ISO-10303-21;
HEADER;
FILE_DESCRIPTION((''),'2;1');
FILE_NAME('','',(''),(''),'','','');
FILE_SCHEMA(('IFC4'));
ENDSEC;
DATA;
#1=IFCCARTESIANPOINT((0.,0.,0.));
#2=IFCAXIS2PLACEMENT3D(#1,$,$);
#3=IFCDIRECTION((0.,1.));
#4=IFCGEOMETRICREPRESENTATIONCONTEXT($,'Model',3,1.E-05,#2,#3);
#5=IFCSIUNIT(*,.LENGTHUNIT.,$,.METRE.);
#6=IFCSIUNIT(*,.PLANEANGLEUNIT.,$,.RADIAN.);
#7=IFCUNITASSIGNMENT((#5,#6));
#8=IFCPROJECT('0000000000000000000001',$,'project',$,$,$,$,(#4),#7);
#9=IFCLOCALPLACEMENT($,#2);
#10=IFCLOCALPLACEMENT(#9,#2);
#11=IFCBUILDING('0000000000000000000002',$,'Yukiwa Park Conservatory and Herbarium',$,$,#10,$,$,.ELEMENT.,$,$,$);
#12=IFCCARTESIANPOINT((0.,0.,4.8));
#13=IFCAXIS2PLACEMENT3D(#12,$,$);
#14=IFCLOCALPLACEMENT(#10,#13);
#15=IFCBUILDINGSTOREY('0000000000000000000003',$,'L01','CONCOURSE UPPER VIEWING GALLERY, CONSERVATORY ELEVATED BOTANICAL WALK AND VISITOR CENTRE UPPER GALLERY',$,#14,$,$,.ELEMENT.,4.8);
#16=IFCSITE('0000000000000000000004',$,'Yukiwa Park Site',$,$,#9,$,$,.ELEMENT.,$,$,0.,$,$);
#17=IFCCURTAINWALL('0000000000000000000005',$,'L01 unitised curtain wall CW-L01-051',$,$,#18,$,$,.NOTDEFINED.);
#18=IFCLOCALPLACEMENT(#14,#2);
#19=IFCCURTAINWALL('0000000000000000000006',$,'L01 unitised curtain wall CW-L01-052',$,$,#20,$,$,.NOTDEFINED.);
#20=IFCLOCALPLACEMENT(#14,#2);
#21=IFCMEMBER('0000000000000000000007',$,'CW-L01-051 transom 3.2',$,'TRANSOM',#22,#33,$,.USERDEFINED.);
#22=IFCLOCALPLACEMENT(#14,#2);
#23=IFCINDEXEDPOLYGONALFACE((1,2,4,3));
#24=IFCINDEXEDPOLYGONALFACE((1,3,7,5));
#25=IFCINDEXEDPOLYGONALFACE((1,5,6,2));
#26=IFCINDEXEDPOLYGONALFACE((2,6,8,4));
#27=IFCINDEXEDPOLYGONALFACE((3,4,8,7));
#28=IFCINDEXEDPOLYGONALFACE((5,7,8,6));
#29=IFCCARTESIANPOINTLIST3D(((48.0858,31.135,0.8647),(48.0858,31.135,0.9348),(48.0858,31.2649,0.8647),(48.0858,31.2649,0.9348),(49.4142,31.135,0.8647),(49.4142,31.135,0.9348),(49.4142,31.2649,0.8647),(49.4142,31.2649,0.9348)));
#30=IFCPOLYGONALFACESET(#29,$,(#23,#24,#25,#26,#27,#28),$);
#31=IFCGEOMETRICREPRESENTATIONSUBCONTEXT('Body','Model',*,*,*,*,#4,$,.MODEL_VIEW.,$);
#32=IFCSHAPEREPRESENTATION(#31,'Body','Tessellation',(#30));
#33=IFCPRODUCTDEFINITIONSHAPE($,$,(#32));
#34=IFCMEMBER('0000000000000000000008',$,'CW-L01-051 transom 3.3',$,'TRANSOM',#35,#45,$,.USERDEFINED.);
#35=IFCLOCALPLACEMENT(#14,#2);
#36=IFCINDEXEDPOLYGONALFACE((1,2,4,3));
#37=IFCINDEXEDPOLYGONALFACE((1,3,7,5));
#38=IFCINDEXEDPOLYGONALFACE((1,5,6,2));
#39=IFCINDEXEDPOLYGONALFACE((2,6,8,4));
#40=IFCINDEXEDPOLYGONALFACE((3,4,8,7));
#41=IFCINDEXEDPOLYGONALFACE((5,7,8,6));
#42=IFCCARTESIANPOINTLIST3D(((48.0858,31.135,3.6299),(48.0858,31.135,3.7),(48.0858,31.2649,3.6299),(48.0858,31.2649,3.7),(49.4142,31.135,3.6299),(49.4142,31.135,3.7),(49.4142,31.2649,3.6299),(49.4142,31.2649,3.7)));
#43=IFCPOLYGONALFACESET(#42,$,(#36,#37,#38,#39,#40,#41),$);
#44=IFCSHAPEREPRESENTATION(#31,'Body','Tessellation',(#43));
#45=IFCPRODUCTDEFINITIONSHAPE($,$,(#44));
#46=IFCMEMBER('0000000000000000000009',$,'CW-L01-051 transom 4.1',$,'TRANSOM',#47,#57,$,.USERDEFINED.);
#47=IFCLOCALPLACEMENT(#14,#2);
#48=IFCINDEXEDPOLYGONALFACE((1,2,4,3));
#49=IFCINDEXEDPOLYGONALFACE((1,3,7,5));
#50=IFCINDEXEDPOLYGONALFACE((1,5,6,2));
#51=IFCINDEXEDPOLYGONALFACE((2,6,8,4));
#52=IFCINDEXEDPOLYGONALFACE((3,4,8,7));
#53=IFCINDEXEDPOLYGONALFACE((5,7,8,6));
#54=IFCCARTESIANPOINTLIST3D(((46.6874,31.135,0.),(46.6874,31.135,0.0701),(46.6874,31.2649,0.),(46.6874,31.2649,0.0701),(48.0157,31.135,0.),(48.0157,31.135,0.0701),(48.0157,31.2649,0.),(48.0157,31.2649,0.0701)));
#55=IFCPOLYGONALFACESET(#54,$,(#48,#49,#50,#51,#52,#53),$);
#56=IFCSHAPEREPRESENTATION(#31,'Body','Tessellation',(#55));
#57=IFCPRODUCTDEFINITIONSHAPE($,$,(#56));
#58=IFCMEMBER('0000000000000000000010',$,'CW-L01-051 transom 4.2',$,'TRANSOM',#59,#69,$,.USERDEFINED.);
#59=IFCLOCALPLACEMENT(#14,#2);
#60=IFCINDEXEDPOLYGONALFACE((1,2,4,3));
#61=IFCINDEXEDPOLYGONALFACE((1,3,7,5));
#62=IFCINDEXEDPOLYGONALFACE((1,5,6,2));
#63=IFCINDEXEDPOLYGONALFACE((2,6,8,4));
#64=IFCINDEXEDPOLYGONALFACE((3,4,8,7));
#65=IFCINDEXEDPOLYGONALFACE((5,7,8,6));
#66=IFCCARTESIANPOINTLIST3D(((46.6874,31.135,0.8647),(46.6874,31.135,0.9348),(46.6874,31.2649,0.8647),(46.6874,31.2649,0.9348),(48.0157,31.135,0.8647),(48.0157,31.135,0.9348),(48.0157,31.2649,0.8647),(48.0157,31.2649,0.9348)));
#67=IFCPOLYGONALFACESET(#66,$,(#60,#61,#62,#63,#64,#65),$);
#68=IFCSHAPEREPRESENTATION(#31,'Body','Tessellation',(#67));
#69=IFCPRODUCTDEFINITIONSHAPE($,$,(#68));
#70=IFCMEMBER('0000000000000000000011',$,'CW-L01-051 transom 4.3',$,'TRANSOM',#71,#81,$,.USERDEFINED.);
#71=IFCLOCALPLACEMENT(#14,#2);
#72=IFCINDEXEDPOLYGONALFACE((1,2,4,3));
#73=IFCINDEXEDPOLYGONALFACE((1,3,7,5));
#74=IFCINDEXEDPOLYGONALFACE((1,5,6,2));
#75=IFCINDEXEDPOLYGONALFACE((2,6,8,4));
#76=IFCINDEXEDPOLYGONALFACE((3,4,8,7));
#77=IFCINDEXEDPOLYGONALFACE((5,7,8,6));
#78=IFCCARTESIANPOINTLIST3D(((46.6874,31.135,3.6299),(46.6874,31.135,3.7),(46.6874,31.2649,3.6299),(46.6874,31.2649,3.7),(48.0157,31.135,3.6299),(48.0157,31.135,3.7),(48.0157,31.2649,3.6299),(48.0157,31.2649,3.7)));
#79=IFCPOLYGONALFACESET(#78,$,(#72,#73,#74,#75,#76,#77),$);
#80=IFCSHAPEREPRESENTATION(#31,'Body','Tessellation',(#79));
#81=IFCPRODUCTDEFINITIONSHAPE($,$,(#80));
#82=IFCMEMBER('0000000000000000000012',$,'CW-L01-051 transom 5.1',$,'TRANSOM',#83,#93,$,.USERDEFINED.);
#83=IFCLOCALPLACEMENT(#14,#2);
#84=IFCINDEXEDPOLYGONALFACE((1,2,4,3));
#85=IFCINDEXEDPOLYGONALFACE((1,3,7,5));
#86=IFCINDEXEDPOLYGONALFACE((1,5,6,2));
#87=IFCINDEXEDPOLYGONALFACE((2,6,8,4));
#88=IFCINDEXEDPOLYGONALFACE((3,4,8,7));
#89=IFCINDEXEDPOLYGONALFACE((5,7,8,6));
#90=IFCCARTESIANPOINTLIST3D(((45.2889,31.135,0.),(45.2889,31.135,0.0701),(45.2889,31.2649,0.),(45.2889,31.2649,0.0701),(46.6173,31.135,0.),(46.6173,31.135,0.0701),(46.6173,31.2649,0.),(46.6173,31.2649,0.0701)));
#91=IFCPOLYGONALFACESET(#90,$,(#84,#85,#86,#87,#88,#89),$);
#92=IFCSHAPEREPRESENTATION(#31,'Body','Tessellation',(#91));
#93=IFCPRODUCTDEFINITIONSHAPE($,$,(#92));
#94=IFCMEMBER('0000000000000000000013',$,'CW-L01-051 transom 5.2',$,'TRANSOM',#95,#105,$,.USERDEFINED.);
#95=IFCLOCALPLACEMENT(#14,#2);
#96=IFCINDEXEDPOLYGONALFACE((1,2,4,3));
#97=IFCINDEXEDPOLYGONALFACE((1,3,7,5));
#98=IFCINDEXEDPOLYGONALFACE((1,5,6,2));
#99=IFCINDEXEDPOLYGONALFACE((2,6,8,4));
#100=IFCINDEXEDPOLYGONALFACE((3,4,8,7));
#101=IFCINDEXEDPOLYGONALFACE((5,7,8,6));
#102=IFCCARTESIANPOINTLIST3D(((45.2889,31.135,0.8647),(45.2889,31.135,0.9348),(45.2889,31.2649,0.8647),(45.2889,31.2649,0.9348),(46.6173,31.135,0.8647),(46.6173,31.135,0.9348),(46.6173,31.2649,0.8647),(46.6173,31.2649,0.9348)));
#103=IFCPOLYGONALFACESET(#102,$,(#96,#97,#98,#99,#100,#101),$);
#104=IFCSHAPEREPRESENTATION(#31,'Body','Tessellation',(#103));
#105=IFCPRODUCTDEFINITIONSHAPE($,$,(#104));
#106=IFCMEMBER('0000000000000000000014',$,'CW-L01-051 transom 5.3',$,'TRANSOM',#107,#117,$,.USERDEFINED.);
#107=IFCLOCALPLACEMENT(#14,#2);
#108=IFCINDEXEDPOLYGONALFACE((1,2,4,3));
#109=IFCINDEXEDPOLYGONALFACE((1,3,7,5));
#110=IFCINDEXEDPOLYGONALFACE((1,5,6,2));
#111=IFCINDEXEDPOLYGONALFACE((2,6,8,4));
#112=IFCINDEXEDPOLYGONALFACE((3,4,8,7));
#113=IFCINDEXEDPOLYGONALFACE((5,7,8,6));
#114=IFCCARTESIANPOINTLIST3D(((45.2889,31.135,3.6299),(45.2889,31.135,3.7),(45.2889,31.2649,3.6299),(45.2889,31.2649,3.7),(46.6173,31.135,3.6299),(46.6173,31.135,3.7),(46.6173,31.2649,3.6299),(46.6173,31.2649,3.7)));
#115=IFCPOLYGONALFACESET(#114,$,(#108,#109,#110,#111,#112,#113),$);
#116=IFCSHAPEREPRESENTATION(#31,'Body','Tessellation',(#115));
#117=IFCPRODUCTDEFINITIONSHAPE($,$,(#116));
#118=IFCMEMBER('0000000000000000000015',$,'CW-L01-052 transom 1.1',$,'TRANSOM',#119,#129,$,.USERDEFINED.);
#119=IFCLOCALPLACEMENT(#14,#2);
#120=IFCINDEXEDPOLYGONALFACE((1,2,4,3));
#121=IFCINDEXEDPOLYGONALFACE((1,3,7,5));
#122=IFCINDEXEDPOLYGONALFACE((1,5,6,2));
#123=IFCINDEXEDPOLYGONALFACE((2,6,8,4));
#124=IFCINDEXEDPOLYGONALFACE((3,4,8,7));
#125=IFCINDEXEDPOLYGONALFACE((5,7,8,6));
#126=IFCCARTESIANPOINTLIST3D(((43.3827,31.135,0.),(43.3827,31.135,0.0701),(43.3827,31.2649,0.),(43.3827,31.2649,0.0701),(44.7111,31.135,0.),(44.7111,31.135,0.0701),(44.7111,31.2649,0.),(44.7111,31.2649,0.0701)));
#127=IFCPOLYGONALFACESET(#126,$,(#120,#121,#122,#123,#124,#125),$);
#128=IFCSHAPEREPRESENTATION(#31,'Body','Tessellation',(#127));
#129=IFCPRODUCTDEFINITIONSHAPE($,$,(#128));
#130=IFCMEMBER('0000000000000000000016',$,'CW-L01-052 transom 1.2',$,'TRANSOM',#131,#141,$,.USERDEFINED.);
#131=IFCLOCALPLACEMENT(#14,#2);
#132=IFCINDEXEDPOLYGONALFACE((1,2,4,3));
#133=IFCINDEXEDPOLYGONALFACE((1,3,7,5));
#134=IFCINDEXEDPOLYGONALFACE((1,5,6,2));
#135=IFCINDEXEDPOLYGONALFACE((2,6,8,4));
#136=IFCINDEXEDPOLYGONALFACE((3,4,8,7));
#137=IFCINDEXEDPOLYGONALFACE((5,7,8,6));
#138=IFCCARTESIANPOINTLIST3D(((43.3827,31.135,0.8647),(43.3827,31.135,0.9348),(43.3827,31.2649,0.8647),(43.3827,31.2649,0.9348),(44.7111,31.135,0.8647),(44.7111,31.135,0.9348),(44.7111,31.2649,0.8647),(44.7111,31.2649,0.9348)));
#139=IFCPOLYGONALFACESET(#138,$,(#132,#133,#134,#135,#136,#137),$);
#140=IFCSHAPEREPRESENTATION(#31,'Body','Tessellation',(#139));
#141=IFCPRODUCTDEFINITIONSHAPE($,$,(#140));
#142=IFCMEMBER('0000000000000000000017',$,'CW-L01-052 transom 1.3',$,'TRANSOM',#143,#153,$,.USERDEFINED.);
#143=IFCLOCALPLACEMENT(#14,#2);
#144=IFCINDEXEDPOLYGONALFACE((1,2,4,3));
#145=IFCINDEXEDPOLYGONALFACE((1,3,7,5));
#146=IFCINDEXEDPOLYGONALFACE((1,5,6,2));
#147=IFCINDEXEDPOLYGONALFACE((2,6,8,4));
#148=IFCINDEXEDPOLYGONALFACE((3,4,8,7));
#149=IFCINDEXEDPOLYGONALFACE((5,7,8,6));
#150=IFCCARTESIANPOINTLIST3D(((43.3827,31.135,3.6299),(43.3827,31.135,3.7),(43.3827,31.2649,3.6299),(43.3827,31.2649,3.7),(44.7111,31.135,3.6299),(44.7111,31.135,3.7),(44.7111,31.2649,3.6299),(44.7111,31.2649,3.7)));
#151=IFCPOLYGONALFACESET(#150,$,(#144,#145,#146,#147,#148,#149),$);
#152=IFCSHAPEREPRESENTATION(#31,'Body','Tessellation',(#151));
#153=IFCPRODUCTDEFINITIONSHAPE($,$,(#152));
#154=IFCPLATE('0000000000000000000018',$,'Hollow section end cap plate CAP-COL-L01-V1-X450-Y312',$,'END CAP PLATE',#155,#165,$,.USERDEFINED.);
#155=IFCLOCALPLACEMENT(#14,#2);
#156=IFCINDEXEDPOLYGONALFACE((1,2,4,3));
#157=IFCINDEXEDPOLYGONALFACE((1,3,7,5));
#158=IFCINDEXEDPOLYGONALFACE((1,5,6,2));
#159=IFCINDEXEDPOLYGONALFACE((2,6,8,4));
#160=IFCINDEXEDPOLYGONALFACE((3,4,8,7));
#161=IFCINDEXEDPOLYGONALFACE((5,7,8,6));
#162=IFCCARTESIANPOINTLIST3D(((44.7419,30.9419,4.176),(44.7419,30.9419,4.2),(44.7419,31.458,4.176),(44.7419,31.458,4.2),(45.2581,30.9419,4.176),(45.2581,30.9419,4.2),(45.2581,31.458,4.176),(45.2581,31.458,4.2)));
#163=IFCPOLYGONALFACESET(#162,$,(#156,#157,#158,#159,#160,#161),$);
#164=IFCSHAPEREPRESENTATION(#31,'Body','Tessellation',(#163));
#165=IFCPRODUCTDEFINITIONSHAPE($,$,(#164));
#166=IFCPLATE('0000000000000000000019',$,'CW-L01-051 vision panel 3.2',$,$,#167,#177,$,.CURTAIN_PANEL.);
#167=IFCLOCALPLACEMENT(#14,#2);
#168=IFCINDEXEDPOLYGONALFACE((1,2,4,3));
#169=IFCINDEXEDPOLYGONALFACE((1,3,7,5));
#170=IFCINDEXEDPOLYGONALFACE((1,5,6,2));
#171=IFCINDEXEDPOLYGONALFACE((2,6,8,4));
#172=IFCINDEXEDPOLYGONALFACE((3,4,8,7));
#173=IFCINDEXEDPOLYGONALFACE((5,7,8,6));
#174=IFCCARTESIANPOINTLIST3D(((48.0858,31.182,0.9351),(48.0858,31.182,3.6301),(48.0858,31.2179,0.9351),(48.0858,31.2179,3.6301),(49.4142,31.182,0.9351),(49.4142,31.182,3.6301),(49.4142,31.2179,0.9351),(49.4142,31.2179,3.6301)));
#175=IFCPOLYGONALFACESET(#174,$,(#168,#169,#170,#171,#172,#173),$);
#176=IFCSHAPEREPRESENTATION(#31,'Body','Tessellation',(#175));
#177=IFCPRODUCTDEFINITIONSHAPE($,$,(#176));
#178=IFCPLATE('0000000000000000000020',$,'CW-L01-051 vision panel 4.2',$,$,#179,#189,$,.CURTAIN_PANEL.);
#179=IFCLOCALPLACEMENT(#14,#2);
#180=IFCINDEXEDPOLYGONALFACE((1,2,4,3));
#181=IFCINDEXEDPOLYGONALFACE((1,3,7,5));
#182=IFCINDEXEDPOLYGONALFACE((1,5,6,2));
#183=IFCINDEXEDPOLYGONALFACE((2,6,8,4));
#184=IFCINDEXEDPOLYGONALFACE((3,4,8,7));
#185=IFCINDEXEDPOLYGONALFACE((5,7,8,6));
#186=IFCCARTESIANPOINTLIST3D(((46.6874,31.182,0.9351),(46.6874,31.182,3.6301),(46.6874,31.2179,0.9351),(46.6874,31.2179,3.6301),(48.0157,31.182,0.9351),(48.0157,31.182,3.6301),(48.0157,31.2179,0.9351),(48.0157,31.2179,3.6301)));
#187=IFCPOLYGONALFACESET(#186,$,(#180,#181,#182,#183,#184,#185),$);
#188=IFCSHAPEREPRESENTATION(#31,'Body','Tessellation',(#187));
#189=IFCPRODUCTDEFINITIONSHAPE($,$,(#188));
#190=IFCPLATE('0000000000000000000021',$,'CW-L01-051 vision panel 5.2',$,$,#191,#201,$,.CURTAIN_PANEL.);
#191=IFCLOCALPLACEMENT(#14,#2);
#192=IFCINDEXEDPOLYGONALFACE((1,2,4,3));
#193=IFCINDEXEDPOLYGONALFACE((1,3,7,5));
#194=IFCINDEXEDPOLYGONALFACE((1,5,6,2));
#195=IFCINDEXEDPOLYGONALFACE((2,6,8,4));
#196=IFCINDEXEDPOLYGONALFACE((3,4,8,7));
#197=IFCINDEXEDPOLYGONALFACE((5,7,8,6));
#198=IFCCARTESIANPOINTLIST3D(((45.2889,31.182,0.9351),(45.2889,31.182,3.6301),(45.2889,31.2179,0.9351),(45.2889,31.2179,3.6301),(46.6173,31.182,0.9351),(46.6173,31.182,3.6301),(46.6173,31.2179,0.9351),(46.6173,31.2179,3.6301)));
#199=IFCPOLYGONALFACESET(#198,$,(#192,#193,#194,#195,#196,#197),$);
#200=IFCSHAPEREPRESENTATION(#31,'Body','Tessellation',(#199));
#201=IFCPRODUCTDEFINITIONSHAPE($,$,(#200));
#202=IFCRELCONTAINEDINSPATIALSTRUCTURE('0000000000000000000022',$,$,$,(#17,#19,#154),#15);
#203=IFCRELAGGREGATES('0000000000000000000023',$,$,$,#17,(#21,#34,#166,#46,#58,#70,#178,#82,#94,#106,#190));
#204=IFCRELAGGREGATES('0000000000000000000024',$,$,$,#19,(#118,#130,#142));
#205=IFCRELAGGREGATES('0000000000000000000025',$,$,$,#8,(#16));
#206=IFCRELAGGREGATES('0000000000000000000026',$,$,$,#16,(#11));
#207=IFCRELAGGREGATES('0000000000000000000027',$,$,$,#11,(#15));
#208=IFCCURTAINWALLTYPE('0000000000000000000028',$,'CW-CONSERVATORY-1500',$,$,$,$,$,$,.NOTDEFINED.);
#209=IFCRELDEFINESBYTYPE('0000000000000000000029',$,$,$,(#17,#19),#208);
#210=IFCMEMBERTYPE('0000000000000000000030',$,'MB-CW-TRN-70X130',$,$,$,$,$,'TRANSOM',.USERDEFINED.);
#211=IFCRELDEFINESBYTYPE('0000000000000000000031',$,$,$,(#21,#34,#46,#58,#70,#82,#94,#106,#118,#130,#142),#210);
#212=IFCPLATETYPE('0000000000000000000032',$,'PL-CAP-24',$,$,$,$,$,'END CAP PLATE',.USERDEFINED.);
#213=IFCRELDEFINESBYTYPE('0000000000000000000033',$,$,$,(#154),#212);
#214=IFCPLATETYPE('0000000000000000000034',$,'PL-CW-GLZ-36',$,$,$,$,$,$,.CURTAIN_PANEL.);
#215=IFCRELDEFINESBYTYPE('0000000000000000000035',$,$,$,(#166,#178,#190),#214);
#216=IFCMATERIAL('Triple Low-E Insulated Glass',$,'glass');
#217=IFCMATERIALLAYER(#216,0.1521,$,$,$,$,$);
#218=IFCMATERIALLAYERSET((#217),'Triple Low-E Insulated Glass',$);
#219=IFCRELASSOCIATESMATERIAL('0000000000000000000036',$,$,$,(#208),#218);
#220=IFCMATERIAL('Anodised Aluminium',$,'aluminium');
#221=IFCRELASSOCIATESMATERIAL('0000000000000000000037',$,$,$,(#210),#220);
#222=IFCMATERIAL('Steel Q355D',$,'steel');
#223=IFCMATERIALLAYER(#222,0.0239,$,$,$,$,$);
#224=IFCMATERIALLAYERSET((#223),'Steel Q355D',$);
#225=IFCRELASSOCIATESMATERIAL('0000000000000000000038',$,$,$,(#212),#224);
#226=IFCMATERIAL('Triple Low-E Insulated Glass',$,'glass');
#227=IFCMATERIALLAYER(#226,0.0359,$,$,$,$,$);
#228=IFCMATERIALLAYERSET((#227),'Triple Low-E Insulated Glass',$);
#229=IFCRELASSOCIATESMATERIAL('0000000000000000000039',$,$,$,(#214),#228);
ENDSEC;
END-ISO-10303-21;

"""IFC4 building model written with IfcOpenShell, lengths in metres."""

from ifc_helpers import new_model, si_unit, direction, frame, origin, origin_2d, place, context, subcontext, project, spatial, rectangle, extrude, material, layer, layer_set, type_object, element, aggregate, save


model = new_model("IFC4")

# Units and contexts
model_context = context("Model", 3, precision=1e-05, world=origin(), true_north=direction((0.0, 1.0)))
body_context = subcontext(model_context, "Body", "Model", "MODEL_VIEW")
ifc_project = project(units=[si_unit("LENGTHUNIT", "METRE"), si_unit("PLANEANGLEUNIT", "RADIAN")], contexts=[model_context])

# Site, building, storey
site_placement = place(None, origin())
site = spatial("IfcSite", under=ifc_project, at=site_placement, Name="Yukiwa Park Site", CompositionType="ELEMENT", RefElevation=0.0)
building_placement = place(site_placement, origin())
building = spatial("IfcBuilding", under=site, at=building_placement, Name="Yukiwa Park Conservatory and Herbarium", CompositionType="ELEMENT")
storey_placement = place(building_placement, frame((0.0, 0.0, 4.8)))
storey = spatial("IfcBuildingStorey", under=building, at=storey_placement, Name="L01", Description="CONCOURSE UPPER VIEWING GALLERY, CONSERVATORY ELEVATED BOTANICAL WALK AND VISITOR CENTRE UPPER GALLERY", CompositionType="ELEMENT", Elevation=4.8)

# Curtain walls
ifc_material_1 = material(Name="Triple Low-E Insulated Glass", Category="glass")
ifc_layer_1 = layer(ifc_material_1, 0.1521)
ifc_layer_set_1 = layer_set([ifc_layer_1], Name="Triple Low-E Insulated Glass")
curtain_wall_type = type_object("IfcCurtainWallType", Name="CW-CONSERVATORY-1500", PredefinedType="NOTDEFINED", material=ifc_layer_set_1)
curtain_wall_1_placement = place(storey_placement, origin())
curtain_wall_1 = element("IfcCurtainWall", 1, at=curtain_wall_1_placement, inside=storey, type_object=curtain_wall_type, Name="L01 unitised curtain wall CW-L01-051", PredefinedType="NOTDEFINED")
curtain_wall_2_placement = place(storey_placement, origin())
curtain_wall_2 = element("IfcCurtainWall", 2, at=curtain_wall_2_placement, inside=storey, type_object=curtain_wall_type, Name="L01 unitised curtain wall CW-L01-052", PredefinedType="NOTDEFINED")

# Members
ifc_material_2 = material(Name="Anodised Aluminium", Category="aluminium")
member_type_1 = type_object("IfcMemberType", Name="MB-CW-TRN-70X130", ElementType="TRANSOM", PredefinedType="USERDEFINED", material=ifc_material_2)
member_1_placement = place(storey_placement, frame((48.75, 31.2, 0.8647), z_axis=(0.0, 0.0, 1.0), x_axis=(-1.0, 0.0, 0.0)))
member_1 = element("IfcMember", 3, at=member_1_placement, type_object=member_type_1, Name="CW-L01-051 transom 3.2", ObjectType="TRANSOM", PredefinedType="USERDEFINED", context=body_context, shape_type="SweptSolid", body=[
    extrude(rectangle(XDim=1.3284, YDim=0.1299, at=origin_2d()), origin(), (0.0, 0.0, 1.0), 0.0701),
])
member_2_placement = place(storey_placement, frame((48.75, 31.2, 3.6299), z_axis=(0.0, 0.0, 1.0), x_axis=(-1.0, 0.0, 0.0)))
member_2 = element("IfcMember", 4, at=member_2_placement, type_object=member_type_1, Name="CW-L01-051 transom 3.3", ObjectType="TRANSOM", PredefinedType="USERDEFINED", context=body_context, shape_type="SweptSolid", body=[
    extrude(rectangle(XDim=1.3284, YDim=0.1299, at=origin_2d()), origin(), (0.0, 0.0, 1.0), 0.0701),
])
member_3_placement = place(storey_placement, frame((47.3516, 31.2, 0.0), z_axis=(0.0, 0.0, 1.0), x_axis=(-1.0, 0.0, 0.0)))
member_3 = element("IfcMember", 5, at=member_3_placement, type_object=member_type_1, Name="CW-L01-051 transom 4.1", ObjectType="TRANSOM", PredefinedType="USERDEFINED", context=body_context, shape_type="SweptSolid", body=[
    extrude(rectangle(XDim=1.3284, YDim=0.1299, at=origin_2d()), origin(), (0.0, 0.0, 1.0), 0.0701),
])
member_4_placement = place(storey_placement, frame((47.3516, 31.2, 0.8647), z_axis=(0.0, 0.0, 1.0), x_axis=(-1.0, 0.0, 0.0)))
member_4 = element("IfcMember", 6, at=member_4_placement, type_object=member_type_1, Name="CW-L01-051 transom 4.2", ObjectType="TRANSOM", PredefinedType="USERDEFINED", context=body_context, shape_type="SweptSolid", body=[
    extrude(rectangle(XDim=1.3284, YDim=0.1299, at=origin_2d()), origin(), (0.0, 0.0, 1.0), 0.0701),
])
member_5_placement = place(storey_placement, frame((47.3516, 31.2, 3.6299), z_axis=(0.0, 0.0, 1.0), x_axis=(-1.0, 0.0, 0.0)))
member_5 = element("IfcMember", 7, at=member_5_placement, type_object=member_type_1, Name="CW-L01-051 transom 4.3", ObjectType="TRANSOM", PredefinedType="USERDEFINED", context=body_context, shape_type="SweptSolid", body=[
    extrude(rectangle(XDim=1.3284, YDim=0.1299, at=origin_2d()), origin(), (0.0, 0.0, 1.0), 0.0701),
])
member_6_placement = place(storey_placement, frame((45.9531, 31.2, 0.0), z_axis=(0.0, 0.0, 1.0), x_axis=(-1.0, 0.0, 0.0)))
member_6 = element("IfcMember", 8, at=member_6_placement, type_object=member_type_1, Name="CW-L01-051 transom 5.1", ObjectType="TRANSOM", PredefinedType="USERDEFINED", context=body_context, shape_type="SweptSolid", body=[
    extrude(rectangle(XDim=1.3284, YDim=0.1299, at=origin_2d()), origin(), (0.0, 0.0, 1.0), 0.0701),
])
member_7_placement = place(storey_placement, frame((45.9531, 31.2, 0.8647), z_axis=(0.0, 0.0, 1.0), x_axis=(-1.0, 0.0, 0.0)))
member_7 = element("IfcMember", 9, at=member_7_placement, type_object=member_type_1, Name="CW-L01-051 transom 5.2", ObjectType="TRANSOM", PredefinedType="USERDEFINED", context=body_context, shape_type="SweptSolid", body=[
    extrude(rectangle(XDim=1.3284, YDim=0.1299, at=origin_2d()), origin(), (0.0, 0.0, 1.0), 0.0701),
])
member_8_placement = place(storey_placement, frame((45.9531, 31.2, 3.6299), z_axis=(0.0, 0.0, 1.0), x_axis=(-1.0, 0.0, 0.0)))
member_8 = element("IfcMember", 10, at=member_8_placement, type_object=member_type_1, Name="CW-L01-051 transom 5.3", ObjectType="TRANSOM", PredefinedType="USERDEFINED", context=body_context, shape_type="SweptSolid", body=[
    extrude(rectangle(XDim=1.3284, YDim=0.1299, at=origin_2d()), origin(), (0.0, 0.0, 1.0), 0.0701),
])
member_9_placement = place(storey_placement, frame((44.0469, 31.2, 0.0), z_axis=(0.0, 0.0, 1.0), x_axis=(-1.0, 0.0, 0.0)))
member_9 = element("IfcMember", 11, at=member_9_placement, type_object=member_type_1, Name="CW-L01-052 transom 1.1", ObjectType="TRANSOM", PredefinedType="USERDEFINED", context=body_context, shape_type="SweptSolid", body=[
    extrude(rectangle(XDim=1.3284, YDim=0.1299, at=origin_2d()), origin(), (0.0, 0.0, 1.0), 0.0701),
])
member_10_placement = place(storey_placement, frame((44.0469, 31.2, 0.8647), z_axis=(0.0, 0.0, 1.0), x_axis=(-1.0, 0.0, 0.0)))
member_10 = element("IfcMember", 12, at=member_10_placement, type_object=member_type_1, Name="CW-L01-052 transom 1.2", ObjectType="TRANSOM", PredefinedType="USERDEFINED", context=body_context, shape_type="SweptSolid", body=[
    extrude(rectangle(XDim=1.3284, YDim=0.1299, at=origin_2d()), origin(), (0.0, 0.0, 1.0), 0.0701),
])
member_11_placement = place(storey_placement, frame((44.0469, 31.2, 3.6299), z_axis=(0.0, 0.0, 1.0), x_axis=(-1.0, 0.0, 0.0)))
member_11 = element("IfcMember", 13, at=member_11_placement, type_object=member_type_1, Name="CW-L01-052 transom 1.3", ObjectType="TRANSOM", PredefinedType="USERDEFINED", context=body_context, shape_type="SweptSolid", body=[
    extrude(rectangle(XDim=1.3284, YDim=0.1299, at=origin_2d()), origin(), (0.0, 0.0, 1.0), 0.0701),
])

# Plates
ifc_material_3 = material(Name="Steel Q355D", Category="steel")
ifc_layer_2 = layer(ifc_material_3, 0.0239)
ifc_layer_set_2 = layer_set([ifc_layer_2], Name="Steel Q355D")
plate_type_1 = type_object("IfcPlateType", Name="PL-CAP-24", ElementType="END CAP PLATE", PredefinedType="USERDEFINED", material=ifc_layer_set_2)
plate_1_placement = place(storey_placement, frame((45.0, 31.2, 4.176), z_axis=(0.0, 0.0, 1.0), x_axis=(1.0, 0.0, 0.0)))
element("IfcPlate", 14, at=plate_1_placement, inside=storey, type_object=plate_type_1, Name="Hollow section end cap plate CAP-COL-L01-V1-X450-Y312", ObjectType="END CAP PLATE", PredefinedType="USERDEFINED", context=body_context, shape_type="SweptSolid", body=[
    extrude(rectangle(XDim=0.5161, YDim=0.5161, at=origin_2d()), origin(), (0.0, 0.0, 1.0), 0.0239),
])
ifc_material_4 = material(Name="Triple Low-E Insulated Glass", Category="glass")
ifc_layer_3 = layer(ifc_material_4, 0.0359)
ifc_layer_set_3 = layer_set([ifc_layer_3], Name="Triple Low-E Insulated Glass")
plate_type_2 = type_object("IfcPlateType", Name="PL-CW-GLZ-36", PredefinedType="CURTAIN_PANEL", material=ifc_layer_set_3)
plate_2_placement = place(storey_placement, frame((48.75, 31.2, 0.9351), z_axis=(0.0, 0.0, 1.0), x_axis=(-1.0, 0.0, 0.0)))
plate_2 = element("IfcPlate", 15, at=plate_2_placement, type_object=plate_type_2, Name="CW-L01-051 vision panel 3.2", PredefinedType="CURTAIN_PANEL", context=body_context, shape_type="SweptSolid", body=[
    extrude(rectangle(XDim=1.3284, YDim=0.0359, at=origin_2d()), origin(), (0.0, 0.0, 1.0), 2.6951),
])
plate_3_placement = place(storey_placement, frame((47.3516, 31.2, 0.9351), z_axis=(0.0, 0.0, 1.0), x_axis=(-1.0, 0.0, 0.0)))
plate_3 = element("IfcPlate", 16, at=plate_3_placement, type_object=plate_type_2, Name="CW-L01-051 vision panel 4.2", PredefinedType="CURTAIN_PANEL", context=body_context, shape_type="SweptSolid", body=[
    extrude(rectangle(XDim=1.3284, YDim=0.0359, at=origin_2d()), origin(), (0.0, 0.0, 1.0), 2.6951),
])
plate_4_placement = place(storey_placement, frame((45.9531, 31.2, 0.9351), z_axis=(0.0, 0.0, 1.0), x_axis=(-1.0, 0.0, 0.0)))
plate_4 = element("IfcPlate", 17, at=plate_4_placement, type_object=plate_type_2, Name="CW-L01-051 vision panel 5.2", PredefinedType="CURTAIN_PANEL", context=body_context, shape_type="SweptSolid", body=[
    extrude(rectangle(XDim=1.3284, YDim=0.0359, at=origin_2d()), origin(), (0.0, 0.0, 1.0), 2.6951),
])
aggregate(curtain_wall_1, [member_1, member_2, plate_2, member_3, member_4, member_5, plate_3, member_6, member_7, member_8, plate_4])
aggregate(curtain_wall_2, [member_9, member_10, member_11])

save(model, "model.ifc")
